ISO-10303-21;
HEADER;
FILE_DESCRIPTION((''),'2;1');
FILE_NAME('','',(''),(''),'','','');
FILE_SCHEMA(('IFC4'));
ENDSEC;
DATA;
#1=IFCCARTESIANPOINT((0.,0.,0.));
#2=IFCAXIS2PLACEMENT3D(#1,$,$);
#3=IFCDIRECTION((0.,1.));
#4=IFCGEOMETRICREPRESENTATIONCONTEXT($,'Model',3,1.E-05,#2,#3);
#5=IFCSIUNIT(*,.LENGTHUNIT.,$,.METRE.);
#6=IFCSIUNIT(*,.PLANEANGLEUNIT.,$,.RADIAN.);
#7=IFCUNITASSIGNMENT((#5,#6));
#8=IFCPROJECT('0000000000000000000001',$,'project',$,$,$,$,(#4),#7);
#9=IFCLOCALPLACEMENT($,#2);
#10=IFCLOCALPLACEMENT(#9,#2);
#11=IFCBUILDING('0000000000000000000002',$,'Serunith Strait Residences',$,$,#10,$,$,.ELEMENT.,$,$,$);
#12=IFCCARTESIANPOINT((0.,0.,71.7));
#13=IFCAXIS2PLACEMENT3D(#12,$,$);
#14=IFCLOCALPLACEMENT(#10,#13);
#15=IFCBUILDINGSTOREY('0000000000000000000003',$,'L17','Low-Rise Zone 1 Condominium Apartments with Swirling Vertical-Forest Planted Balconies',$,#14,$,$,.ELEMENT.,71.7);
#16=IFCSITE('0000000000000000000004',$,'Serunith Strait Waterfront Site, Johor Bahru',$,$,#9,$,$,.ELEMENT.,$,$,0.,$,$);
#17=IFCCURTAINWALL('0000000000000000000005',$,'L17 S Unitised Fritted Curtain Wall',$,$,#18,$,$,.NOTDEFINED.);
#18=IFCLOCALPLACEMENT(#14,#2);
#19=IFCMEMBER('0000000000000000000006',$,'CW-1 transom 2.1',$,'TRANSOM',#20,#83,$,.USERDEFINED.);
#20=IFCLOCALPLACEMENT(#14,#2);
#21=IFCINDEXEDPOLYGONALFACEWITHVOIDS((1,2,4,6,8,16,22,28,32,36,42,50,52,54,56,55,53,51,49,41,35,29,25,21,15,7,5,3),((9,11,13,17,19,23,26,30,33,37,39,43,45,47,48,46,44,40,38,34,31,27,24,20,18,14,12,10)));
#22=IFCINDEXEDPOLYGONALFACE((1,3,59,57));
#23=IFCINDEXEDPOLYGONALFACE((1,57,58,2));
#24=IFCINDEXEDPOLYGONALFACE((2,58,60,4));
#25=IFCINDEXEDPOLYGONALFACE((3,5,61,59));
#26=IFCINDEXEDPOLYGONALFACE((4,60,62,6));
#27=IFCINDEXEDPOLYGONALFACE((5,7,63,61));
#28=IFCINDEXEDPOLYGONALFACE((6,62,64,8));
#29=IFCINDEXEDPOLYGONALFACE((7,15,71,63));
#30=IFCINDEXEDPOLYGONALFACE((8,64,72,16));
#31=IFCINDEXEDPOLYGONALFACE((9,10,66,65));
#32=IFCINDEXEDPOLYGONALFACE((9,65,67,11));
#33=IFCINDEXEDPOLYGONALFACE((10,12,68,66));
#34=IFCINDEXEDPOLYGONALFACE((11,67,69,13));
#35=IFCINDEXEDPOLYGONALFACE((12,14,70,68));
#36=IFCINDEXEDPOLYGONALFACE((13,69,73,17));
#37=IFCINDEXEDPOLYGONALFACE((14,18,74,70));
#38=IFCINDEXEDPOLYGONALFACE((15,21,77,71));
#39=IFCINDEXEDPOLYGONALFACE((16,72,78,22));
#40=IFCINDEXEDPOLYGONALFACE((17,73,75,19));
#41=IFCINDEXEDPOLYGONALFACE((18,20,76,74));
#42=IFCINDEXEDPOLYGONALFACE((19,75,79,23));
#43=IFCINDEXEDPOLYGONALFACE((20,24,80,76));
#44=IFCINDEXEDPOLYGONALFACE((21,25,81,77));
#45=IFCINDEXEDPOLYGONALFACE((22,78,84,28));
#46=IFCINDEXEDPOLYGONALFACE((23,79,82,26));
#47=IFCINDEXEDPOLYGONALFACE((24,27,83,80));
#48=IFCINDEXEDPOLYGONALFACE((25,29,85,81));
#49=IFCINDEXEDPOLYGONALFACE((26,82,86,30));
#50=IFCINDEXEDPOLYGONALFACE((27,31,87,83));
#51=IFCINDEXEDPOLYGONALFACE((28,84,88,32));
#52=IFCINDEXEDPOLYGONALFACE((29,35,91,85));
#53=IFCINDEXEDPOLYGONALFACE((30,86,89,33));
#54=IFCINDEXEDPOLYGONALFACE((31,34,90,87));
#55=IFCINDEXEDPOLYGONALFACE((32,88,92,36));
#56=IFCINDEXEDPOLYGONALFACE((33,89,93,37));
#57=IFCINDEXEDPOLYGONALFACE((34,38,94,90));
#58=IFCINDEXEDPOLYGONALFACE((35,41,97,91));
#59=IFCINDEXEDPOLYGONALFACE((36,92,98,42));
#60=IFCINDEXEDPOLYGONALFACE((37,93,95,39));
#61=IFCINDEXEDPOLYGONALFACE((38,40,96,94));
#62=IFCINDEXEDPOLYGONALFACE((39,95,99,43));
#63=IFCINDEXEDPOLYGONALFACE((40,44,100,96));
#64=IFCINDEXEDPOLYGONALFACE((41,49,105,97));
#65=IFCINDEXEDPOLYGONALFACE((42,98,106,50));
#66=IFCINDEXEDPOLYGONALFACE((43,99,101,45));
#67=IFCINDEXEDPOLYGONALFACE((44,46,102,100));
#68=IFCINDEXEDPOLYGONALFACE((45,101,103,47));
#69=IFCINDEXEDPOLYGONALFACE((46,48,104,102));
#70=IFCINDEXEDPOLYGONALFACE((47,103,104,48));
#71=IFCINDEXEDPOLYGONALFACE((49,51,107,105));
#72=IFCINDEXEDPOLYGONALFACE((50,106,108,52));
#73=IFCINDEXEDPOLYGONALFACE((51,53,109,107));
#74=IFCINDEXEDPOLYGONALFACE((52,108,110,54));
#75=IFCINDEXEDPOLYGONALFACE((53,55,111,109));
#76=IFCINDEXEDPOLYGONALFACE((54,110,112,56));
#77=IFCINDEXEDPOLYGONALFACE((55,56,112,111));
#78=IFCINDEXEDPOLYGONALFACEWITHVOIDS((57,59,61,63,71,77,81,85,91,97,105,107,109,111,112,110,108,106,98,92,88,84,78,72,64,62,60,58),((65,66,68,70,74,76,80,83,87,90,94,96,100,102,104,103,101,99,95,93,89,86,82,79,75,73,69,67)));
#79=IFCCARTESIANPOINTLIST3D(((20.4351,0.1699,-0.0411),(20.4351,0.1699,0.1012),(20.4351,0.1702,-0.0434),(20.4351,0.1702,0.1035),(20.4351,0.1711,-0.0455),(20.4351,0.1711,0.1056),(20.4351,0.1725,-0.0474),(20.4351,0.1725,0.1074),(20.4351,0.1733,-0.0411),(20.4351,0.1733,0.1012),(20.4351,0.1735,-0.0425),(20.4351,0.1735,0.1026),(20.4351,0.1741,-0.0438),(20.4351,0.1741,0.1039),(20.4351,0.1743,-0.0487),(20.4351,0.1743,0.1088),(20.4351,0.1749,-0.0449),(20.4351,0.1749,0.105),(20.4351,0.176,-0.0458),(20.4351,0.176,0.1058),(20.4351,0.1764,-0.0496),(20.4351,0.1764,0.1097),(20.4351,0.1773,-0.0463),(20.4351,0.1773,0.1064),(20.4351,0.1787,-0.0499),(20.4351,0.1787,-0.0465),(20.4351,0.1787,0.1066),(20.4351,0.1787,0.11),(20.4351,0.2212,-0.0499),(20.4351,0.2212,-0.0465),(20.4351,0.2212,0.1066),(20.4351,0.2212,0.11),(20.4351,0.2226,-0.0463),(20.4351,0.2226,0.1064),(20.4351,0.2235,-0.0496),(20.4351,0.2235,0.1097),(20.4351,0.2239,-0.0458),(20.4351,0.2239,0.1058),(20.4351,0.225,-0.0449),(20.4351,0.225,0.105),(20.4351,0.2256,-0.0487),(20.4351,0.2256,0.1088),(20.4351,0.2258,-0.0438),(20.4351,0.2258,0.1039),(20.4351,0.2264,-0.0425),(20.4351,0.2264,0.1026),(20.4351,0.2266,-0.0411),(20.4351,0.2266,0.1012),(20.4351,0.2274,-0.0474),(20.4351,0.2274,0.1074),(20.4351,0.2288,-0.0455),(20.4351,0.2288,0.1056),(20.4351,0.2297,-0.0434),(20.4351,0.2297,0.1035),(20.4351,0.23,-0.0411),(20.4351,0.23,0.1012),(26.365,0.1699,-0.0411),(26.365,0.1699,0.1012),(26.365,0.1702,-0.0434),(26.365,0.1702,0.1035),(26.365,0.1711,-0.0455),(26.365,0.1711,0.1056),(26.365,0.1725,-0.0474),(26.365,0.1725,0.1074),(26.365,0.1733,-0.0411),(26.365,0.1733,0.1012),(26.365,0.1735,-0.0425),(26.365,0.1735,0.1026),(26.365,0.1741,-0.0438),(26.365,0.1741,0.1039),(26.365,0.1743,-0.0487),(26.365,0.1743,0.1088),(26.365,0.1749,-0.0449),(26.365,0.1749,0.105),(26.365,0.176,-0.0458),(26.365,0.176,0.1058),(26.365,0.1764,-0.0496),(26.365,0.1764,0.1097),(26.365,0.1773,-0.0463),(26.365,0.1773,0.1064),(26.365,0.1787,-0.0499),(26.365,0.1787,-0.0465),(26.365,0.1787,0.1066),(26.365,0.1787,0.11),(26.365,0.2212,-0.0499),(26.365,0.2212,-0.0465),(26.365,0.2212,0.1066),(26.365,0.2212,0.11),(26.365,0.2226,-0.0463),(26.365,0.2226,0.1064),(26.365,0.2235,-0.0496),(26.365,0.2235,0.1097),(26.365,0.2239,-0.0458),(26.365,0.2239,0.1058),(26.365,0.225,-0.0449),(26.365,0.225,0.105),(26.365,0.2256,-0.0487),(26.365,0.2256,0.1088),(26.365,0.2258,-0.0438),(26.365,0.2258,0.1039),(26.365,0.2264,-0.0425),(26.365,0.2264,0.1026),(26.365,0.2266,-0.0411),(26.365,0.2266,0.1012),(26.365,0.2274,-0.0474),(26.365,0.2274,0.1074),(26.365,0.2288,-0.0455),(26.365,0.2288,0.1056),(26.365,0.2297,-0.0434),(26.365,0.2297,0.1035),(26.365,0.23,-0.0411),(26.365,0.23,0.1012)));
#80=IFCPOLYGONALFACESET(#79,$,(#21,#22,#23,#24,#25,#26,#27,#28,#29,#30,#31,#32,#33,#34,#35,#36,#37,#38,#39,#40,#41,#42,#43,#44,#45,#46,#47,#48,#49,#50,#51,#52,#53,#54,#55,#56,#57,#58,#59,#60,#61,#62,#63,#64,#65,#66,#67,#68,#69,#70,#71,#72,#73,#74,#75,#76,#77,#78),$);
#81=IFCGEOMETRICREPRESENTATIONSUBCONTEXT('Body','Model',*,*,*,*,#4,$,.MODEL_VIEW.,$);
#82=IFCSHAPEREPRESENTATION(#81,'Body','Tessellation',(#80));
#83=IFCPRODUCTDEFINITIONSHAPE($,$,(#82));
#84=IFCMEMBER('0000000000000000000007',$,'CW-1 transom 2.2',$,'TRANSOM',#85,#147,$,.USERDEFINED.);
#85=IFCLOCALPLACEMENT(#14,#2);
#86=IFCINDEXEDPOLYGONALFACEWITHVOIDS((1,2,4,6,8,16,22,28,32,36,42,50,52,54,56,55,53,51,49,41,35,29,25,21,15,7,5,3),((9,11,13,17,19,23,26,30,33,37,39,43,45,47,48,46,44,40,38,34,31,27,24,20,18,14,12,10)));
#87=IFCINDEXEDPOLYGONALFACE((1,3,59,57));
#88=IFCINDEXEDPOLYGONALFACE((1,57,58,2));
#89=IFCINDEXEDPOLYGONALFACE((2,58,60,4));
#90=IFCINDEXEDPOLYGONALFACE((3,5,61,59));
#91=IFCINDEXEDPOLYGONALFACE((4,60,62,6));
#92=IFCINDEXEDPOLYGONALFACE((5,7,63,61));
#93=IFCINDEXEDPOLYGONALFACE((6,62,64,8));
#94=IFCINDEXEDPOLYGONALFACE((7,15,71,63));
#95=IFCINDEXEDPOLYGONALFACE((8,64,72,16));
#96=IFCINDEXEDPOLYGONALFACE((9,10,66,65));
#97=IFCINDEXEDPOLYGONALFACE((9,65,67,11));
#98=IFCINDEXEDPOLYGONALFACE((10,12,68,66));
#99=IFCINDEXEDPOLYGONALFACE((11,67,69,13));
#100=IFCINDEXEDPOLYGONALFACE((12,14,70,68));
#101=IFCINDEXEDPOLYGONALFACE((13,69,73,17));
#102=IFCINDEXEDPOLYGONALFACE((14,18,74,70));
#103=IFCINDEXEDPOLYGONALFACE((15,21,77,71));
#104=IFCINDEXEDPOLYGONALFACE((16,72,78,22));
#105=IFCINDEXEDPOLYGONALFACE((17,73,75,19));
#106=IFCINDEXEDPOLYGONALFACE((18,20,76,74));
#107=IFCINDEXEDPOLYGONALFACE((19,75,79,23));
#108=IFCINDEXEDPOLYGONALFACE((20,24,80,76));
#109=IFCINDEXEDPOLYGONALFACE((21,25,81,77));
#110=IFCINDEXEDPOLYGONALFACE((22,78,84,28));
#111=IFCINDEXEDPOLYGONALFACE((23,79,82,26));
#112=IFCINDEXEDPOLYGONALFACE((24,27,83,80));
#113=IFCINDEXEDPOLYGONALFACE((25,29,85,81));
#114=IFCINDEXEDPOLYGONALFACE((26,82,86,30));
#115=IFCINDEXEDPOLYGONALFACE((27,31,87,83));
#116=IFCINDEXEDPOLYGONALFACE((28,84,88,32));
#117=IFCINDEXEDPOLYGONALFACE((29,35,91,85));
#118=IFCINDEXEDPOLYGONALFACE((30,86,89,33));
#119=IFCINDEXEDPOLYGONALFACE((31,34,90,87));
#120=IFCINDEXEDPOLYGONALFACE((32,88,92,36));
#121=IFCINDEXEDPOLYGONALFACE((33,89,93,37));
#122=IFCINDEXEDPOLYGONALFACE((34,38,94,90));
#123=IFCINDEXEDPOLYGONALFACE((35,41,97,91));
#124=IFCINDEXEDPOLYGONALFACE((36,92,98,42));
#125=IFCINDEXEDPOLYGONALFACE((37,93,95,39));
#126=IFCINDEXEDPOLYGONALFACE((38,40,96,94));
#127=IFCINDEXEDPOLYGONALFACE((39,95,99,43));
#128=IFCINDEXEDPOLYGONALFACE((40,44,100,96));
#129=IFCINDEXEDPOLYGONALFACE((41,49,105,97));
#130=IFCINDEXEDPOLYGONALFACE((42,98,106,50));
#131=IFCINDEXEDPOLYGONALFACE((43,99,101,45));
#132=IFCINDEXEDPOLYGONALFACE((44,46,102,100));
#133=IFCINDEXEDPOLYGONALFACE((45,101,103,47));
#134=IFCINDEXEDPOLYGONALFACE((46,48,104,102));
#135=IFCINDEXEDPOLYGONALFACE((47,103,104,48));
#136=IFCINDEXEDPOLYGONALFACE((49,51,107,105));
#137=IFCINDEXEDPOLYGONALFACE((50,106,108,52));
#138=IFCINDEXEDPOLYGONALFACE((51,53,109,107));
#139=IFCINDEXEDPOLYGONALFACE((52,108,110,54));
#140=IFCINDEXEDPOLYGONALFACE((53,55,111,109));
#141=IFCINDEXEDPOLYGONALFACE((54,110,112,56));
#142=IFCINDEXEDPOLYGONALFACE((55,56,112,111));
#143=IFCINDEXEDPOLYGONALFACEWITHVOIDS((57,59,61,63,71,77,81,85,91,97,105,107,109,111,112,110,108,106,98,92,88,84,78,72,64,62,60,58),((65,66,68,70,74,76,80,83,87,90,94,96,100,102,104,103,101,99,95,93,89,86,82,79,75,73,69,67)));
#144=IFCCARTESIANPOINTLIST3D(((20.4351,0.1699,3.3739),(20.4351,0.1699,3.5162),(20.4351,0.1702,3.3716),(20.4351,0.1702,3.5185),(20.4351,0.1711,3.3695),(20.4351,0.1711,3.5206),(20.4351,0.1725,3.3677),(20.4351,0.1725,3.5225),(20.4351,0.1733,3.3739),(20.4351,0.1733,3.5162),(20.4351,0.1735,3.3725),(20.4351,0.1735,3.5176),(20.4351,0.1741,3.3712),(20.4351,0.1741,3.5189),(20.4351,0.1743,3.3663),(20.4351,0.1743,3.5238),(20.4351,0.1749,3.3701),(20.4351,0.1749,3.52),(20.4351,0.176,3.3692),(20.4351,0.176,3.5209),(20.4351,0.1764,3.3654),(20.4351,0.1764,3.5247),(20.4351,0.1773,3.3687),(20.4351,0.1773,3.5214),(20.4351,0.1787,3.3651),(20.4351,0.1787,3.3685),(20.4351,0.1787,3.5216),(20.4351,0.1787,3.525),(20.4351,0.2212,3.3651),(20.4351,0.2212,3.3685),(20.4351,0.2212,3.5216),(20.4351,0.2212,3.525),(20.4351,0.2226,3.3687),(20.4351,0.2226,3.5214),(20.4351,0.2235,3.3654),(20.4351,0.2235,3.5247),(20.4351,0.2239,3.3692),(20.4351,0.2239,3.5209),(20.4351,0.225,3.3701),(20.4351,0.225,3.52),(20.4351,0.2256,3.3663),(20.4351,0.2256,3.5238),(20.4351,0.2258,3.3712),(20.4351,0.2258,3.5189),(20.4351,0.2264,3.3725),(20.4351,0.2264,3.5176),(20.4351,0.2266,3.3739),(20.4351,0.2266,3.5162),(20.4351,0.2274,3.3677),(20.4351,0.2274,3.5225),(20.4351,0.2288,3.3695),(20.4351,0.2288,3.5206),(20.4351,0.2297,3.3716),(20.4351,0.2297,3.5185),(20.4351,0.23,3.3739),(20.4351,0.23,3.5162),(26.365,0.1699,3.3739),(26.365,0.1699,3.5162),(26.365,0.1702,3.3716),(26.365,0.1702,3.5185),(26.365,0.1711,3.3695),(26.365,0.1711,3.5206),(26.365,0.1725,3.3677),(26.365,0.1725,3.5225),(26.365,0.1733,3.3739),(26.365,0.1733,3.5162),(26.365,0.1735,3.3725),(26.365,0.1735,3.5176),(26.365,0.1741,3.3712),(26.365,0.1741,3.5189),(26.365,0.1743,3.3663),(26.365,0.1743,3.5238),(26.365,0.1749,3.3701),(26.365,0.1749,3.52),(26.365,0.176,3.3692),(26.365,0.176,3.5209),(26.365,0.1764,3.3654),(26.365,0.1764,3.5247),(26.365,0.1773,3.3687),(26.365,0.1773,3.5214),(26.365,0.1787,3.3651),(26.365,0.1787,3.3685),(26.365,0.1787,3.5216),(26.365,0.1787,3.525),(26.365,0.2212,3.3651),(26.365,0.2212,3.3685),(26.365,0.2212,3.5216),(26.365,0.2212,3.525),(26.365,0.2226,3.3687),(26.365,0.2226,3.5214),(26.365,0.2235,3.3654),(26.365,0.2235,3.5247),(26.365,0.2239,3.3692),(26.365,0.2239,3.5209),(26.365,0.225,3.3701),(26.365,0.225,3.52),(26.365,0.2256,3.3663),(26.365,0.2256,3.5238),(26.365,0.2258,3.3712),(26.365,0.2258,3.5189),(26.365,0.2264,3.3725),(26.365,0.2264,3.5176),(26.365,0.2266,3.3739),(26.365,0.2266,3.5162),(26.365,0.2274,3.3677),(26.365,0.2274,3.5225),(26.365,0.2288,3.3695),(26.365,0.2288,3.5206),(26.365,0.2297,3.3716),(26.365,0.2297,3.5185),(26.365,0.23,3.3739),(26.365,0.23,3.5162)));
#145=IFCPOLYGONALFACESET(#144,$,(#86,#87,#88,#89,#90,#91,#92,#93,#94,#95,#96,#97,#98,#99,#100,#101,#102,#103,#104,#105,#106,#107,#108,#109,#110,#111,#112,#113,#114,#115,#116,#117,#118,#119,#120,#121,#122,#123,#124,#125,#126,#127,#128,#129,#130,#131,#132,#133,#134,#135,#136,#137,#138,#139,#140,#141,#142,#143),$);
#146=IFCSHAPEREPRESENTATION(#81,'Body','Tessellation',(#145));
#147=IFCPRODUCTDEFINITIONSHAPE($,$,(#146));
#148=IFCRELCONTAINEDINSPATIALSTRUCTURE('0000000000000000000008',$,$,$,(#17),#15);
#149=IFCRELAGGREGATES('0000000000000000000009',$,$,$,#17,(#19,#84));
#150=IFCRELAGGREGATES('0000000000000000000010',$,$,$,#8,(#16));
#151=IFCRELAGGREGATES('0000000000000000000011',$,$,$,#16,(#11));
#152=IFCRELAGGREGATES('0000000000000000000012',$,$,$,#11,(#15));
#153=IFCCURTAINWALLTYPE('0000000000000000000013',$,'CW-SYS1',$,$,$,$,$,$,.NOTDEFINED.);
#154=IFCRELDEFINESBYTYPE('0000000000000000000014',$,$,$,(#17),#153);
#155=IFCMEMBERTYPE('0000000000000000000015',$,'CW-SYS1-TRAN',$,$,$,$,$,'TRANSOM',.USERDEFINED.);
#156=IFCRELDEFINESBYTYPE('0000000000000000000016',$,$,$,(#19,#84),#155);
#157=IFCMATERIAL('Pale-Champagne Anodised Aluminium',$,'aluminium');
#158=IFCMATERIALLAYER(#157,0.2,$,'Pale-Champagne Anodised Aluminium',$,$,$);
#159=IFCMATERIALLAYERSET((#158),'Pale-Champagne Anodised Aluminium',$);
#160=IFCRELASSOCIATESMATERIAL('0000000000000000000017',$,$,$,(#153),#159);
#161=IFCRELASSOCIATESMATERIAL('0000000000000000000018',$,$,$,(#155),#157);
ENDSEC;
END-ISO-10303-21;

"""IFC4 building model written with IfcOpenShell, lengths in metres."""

from ifc_helpers import new_model, si_unit, direction, frame, origin, origin_2d, place, context, subcontext, project, spatial, hollow_rectangle, extrude, source, transform, mapped, material, layer, layer_set, material_profile, profile_set, type_object, element, aggregate, save


model = new_model("IFC4")

# Units and contexts
model_context = context("Model", 3, precision=1e-05, world=origin(), true_north=direction((0.0, 1.0)))
body_context = subcontext(model_context, "Body", "Model", "MODEL_VIEW")
ifc_project = project(units=[si_unit("LENGTHUNIT", "METRE"), si_unit("PLANEANGLEUNIT", "RADIAN")], contexts=[model_context])

# Site, building, storey
site_placement = place(None, origin())
site = spatial("IfcSite", under=ifc_project, at=site_placement, Name="Serunith Strait Waterfront Site, Johor Bahru", CompositionType="ELEMENT", RefElevation=0.0)
building_placement = place(site_placement, origin())
building = spatial("IfcBuilding", under=site, at=building_placement, Name="Serunith Strait Residences", CompositionType="ELEMENT")
storey_placement = place(building_placement, frame((0.0, 0.0, 71.7)))
storey = spatial("IfcBuildingStorey", under=building, at=storey_placement, Name="L17", Description="Low-Rise Zone 1 Condominium Apartments with Swirling Vertical-Forest Planted Balconies", CompositionType="ELEMENT", Elevation=71.7)

# Curtain wall, members
ifc_material_1 = material(Name="Pale-Champagne Anodised Aluminium", Category="aluminium")
ifc_layer_1 = layer(ifc_material_1, 0.2, Name="Pale-Champagne Anodised Aluminium")
ifc_layer_set_1 = layer_set([ifc_layer_1], Name="Pale-Champagne Anodised Aluminium")
curtain_wall_type = type_object("IfcCurtainWallType", Name="CW-SYS1", PredefinedType="NOTDEFINED", material=ifc_layer_set_1)
curtain_wall_placement = place(storey_placement, origin())
curtain_wall = element("IfcCurtainWall", 1, at=curtain_wall_placement, inside=storey, type_object=curtain_wall_type, Name="L17 S Unitised Fritted Curtain Wall", PredefinedType="NOTDEFINED")
ifc_material_profile_1 = material_profile(ifc_material_1, hollow_rectangle(XDim=0.0601, YDim=0.1599, WallThickness=0.0034, InnerFilletRadius=0.0054, OuterFilletRadius=0.0088, at=origin_2d()), Name="ALU 160x60x3.5")
ifc_profile_set_1 = profile_set([ifc_material_profile_1], Name="Pale-Champagne Anodised Aluminium")
member_type_1 = type_object("IfcMemberType", Name="CW-SYS1-TRAN", ElementType="TRANSOM", PredefinedType="USERDEFINED", material=ifc_profile_set_1)
shared_shape_1 = source(origin(), body_context, "Body", "SweptSolid", [
    extrude(hollow_rectangle(XDim=0.0601, YDim=0.1599, WallThickness=0.0034, InnerFilletRadius=0.0054, OuterFilletRadius=0.0088, at=origin_2d()), origin(), (0.0, 0.0, 1.0), 5.9299),
])
member_1_placement = place(storey_placement, frame((20.4351, 0.2, 0.03), z_axis=(1.0, 0.0, 0.0), x_axis=(0.0, 1.0, 0.0)))
member_1 = element("IfcMember", 2, at=member_1_placement, type_object=member_type_1, Name="CW-1 transom 2.1", ObjectType="TRANSOM", PredefinedType="USERDEFINED", context=body_context, shape_type="MappedRepresentation", body=[
    mapped(shared_shape_1, transform((0.0, 0.0, 0.0), scale=1.0)),
])
member_2_placement = place(storey_placement, frame((20.4351, 0.2, 3.4451), z_axis=(1.0, 0.0, 0.0), x_axis=(0.0, 1.0, 0.0)))
member_2 = element("IfcMember", 3, at=member_2_placement, type_object=member_type_1, Name="CW-1 transom 2.2", ObjectType="TRANSOM", PredefinedType="USERDEFINED", context=body_context, shape_type="MappedRepresentation", body=[
    mapped(shared_shape_1, transform((0.0, 0.0, 0.0), scale=1.0)),
])
aggregate(curtain_wall, [member_1, member_2])

save(model, "model.ifc")
